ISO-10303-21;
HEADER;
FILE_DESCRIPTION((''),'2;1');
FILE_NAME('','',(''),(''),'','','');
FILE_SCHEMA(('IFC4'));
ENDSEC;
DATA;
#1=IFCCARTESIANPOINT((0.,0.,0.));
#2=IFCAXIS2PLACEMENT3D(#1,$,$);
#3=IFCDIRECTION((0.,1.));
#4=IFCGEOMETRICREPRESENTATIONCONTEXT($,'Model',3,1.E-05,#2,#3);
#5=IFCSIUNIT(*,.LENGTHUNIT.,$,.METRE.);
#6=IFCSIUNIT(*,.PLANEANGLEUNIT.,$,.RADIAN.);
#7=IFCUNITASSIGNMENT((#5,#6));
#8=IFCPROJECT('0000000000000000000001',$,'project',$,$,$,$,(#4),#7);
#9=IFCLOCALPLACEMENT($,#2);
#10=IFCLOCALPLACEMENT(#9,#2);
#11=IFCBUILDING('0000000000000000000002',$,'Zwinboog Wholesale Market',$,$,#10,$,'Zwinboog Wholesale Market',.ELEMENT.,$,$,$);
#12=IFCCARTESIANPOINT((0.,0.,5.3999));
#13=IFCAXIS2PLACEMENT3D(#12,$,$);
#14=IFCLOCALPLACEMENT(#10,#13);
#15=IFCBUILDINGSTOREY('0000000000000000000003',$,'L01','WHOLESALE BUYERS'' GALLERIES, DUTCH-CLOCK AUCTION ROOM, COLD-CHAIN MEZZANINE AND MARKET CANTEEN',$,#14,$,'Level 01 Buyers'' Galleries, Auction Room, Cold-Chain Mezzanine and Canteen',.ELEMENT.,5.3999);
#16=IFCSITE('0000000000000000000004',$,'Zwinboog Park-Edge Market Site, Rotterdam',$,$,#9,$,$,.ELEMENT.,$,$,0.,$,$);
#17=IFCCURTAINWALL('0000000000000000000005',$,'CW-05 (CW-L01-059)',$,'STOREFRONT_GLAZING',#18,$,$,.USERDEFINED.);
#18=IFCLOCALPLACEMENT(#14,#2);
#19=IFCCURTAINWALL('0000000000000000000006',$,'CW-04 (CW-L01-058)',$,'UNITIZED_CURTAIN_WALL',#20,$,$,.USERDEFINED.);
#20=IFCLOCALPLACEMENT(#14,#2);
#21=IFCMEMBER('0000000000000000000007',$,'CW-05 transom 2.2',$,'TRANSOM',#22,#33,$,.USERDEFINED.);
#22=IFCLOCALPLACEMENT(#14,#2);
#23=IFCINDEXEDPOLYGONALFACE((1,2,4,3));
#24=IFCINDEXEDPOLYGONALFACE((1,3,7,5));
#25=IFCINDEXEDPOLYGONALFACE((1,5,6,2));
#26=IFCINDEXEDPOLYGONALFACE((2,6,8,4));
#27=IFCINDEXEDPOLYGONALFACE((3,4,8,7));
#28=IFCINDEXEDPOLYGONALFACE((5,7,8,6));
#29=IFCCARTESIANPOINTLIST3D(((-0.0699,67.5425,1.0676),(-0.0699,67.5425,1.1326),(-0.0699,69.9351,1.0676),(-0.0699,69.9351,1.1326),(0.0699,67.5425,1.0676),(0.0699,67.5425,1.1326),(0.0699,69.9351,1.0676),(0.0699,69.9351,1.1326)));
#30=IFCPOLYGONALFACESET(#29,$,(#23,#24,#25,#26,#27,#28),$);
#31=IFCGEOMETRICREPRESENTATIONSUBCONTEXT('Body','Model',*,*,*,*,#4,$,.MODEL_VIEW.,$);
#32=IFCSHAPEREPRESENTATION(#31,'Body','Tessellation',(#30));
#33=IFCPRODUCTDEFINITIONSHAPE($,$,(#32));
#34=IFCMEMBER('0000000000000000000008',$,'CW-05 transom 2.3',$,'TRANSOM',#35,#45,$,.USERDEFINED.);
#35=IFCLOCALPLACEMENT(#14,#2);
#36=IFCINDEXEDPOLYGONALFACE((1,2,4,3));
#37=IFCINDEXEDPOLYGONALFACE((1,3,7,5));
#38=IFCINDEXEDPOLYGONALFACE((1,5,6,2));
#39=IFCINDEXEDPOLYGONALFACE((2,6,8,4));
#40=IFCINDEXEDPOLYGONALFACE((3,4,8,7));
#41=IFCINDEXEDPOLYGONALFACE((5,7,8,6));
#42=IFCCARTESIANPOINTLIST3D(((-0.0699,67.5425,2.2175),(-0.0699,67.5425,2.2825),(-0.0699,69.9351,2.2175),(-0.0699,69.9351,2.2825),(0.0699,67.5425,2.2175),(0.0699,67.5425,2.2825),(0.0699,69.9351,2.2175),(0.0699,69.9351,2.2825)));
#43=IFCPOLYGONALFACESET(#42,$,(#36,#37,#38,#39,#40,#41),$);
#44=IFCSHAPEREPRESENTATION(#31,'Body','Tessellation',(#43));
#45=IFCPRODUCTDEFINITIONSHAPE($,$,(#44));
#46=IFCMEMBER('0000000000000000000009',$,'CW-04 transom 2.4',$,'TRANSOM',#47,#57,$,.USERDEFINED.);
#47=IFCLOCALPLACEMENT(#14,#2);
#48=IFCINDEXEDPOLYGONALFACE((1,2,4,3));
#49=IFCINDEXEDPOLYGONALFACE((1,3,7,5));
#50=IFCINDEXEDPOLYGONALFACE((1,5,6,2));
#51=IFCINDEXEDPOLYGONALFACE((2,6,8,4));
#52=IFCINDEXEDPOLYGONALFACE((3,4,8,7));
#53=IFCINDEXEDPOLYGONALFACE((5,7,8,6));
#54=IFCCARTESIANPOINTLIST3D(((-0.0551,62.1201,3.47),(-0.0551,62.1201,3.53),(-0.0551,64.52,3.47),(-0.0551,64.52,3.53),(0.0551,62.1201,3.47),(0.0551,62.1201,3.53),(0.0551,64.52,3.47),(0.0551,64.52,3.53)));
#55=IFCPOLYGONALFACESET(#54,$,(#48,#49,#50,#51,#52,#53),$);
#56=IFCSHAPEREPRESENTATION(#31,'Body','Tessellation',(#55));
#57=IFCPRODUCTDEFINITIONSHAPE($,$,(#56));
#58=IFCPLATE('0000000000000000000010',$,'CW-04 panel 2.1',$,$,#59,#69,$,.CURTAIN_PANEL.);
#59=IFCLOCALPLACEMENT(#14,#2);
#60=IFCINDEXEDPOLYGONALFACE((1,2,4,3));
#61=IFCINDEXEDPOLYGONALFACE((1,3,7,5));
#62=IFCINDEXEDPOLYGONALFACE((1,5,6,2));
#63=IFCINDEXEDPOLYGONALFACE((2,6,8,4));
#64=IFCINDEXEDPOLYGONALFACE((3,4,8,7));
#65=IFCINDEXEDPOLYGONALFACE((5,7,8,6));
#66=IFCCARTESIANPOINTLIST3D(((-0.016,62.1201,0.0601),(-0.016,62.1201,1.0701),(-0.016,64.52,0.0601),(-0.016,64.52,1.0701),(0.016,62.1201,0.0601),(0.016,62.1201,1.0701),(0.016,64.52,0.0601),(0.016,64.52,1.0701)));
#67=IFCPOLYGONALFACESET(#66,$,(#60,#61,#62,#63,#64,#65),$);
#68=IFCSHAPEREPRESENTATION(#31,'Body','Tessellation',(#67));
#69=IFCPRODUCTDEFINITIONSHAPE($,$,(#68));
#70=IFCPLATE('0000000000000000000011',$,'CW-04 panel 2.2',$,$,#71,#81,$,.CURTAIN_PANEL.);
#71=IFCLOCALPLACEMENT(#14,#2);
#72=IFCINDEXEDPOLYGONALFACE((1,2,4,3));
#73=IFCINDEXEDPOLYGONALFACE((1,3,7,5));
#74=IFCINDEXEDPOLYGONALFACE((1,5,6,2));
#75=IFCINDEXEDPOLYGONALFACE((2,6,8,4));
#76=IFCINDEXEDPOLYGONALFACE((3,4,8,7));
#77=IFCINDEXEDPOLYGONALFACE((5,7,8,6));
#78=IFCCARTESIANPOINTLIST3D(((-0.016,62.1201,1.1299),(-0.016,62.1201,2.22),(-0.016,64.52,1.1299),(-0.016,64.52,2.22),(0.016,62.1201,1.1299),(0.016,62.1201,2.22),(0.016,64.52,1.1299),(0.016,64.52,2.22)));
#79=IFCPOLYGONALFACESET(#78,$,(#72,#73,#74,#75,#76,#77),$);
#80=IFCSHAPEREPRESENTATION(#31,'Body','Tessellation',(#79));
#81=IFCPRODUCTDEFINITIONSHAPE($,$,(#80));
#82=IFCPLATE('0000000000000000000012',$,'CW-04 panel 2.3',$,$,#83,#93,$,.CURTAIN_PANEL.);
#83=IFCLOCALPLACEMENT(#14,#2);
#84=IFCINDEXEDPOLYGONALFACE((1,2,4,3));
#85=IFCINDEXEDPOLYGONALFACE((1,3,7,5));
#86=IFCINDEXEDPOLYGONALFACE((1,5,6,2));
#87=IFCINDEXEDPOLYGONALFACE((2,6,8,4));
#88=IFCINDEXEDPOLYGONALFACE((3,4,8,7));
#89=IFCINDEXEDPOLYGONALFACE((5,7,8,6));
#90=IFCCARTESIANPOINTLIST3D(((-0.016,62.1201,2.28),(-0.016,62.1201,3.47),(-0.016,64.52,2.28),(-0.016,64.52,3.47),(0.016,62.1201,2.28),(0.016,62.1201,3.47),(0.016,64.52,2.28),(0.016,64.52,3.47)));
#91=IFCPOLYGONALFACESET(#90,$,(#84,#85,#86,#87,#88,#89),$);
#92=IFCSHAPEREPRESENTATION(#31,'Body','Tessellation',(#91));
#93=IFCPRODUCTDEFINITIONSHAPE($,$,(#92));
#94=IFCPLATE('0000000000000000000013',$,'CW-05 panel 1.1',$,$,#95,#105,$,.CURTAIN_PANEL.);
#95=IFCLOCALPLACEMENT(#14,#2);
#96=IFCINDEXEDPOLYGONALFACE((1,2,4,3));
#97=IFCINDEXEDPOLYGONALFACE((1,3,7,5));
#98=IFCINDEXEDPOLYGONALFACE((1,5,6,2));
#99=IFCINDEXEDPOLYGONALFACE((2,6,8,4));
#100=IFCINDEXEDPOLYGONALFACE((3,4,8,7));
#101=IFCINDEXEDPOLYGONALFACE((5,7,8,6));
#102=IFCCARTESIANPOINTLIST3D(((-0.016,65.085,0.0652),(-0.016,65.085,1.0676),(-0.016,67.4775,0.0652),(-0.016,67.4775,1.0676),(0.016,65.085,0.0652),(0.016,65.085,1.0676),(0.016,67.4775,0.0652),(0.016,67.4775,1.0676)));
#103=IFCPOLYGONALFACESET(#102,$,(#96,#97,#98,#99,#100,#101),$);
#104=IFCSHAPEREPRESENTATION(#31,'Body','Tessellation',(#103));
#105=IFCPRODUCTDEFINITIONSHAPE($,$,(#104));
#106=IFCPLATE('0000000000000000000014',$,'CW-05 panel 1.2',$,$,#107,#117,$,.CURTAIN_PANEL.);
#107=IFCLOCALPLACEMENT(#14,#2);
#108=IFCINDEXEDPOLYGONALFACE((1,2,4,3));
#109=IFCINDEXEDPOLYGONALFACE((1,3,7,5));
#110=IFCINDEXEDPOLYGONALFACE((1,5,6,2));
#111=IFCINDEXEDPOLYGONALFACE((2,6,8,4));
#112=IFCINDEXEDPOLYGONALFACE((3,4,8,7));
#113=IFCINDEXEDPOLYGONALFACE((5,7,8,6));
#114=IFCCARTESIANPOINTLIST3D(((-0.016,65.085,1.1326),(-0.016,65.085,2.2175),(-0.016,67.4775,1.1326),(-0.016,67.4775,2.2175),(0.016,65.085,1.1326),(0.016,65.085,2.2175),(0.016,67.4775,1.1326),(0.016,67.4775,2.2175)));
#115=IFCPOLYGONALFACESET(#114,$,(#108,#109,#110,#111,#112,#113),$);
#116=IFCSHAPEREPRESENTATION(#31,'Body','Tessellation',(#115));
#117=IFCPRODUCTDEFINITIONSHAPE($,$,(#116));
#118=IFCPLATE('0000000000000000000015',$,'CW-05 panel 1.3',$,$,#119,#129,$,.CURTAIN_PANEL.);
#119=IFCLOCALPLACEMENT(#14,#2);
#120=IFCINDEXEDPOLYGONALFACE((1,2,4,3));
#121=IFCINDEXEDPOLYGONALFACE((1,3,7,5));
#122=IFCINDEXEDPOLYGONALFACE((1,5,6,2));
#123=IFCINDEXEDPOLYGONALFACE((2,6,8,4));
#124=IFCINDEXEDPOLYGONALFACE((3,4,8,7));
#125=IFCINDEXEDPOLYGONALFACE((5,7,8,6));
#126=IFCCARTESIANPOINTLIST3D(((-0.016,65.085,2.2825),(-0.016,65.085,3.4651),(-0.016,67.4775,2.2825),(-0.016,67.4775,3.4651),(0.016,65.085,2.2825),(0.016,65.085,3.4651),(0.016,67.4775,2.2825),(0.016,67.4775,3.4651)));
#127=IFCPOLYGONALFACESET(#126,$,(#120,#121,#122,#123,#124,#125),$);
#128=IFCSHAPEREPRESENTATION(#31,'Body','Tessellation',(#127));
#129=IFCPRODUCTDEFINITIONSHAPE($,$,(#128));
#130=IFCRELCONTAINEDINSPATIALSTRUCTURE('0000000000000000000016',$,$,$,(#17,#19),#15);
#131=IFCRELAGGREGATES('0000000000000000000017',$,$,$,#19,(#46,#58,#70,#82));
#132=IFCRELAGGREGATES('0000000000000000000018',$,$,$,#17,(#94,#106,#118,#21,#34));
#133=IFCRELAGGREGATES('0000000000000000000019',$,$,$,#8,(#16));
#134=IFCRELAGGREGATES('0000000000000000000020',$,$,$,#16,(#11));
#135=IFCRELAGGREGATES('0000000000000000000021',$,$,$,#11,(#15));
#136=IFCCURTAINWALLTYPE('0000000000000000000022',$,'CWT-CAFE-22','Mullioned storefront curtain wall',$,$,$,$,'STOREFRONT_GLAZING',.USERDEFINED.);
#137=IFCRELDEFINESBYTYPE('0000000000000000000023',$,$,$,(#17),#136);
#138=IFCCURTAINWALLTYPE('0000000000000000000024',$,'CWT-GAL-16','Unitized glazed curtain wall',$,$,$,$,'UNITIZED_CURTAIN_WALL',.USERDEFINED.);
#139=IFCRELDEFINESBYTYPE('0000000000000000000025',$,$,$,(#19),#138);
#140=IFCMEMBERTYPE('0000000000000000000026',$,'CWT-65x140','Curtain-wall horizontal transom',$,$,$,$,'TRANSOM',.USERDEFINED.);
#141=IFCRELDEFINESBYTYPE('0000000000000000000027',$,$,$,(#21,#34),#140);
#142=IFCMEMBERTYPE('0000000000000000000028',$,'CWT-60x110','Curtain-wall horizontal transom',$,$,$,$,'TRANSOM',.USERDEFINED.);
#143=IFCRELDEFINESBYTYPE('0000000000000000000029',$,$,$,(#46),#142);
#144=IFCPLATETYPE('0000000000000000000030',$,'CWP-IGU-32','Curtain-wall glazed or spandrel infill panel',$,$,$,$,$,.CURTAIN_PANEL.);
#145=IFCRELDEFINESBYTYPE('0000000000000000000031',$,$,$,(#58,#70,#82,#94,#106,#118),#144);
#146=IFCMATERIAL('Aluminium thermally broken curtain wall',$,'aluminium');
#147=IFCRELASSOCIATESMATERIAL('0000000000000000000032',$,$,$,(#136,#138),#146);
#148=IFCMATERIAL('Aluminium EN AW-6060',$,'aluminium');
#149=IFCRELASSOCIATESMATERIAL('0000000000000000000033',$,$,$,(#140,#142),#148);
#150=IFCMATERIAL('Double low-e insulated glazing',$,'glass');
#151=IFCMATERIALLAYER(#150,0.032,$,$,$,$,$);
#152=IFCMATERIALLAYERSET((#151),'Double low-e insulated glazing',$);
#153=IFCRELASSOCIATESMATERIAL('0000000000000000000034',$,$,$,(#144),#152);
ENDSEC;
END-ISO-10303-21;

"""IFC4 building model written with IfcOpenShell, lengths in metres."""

from ifc_helpers import new_model, si_unit, direction, frame, origin, origin_2d, place, context, subcontext, project, spatial, rectangle, extrude, material, layer, layer_set, material_profile, profile_set, type_object, element, aggregate, save


model = new_model("IFC4")

# Units and contexts
model_context = context("Model", 3, precision=1e-05, world=origin(), true_north=direction((0.0, 1.0)))
body_context = subcontext(model_context, "Body", "Model", "MODEL_VIEW")
ifc_project = project(units=[si_unit("LENGTHUNIT", "METRE"), si_unit("PLANEANGLEUNIT", "RADIAN")], contexts=[model_context])

# Site, building, storey
site_placement = place(None, origin())
site = spatial("IfcSite", under=ifc_project, at=site_placement, Name="Zwinboog Park-Edge Market Site, Rotterdam", CompositionType="ELEMENT", RefElevation=0.0)
building_placement = place(site_placement, origin())
building = spatial("IfcBuilding", under=site, at=building_placement, Name="Zwinboog Wholesale Market", LongName="Zwinboog Wholesale Market", CompositionType="ELEMENT")
storey_placement = place(building_placement, frame((0.0, 0.0, 5.3999)))
storey = spatial("IfcBuildingStorey", under=building, at=storey_placement, Name="L01", Description="WHOLESALE BUYERS' GALLERIES, DUTCH-CLOCK AUCTION ROOM, COLD-CHAIN MEZZANINE AND MARKET CANTEEN", LongName="Level 01 Buyers' Galleries, Auction Room, Cold-Chain Mezzanine and Canteen", CompositionType="ELEMENT", Elevation=5.3999)

# Curtain wall
ifc_material_1 = material(Name="Aluminium thermally broken curtain wall", Category="aluminium")
curtain_wall_type_1 = type_object("IfcCurtainWallType", Name="CWT-CAFE-22", Description="Mullioned storefront curtain wall", ElementType="STOREFRONT_GLAZING", PredefinedType="USERDEFINED", material=ifc_material_1)
curtain_wall_1_placement = place(storey_placement, origin())
curtain_wall_1 = element("IfcCurtainWall", 1, at=curtain_wall_1_placement, inside=storey, type_object=curtain_wall_type_1, Name="CW-05 (CW-L01-059)", ObjectType="STOREFRONT_GLAZING", PredefinedType="USERDEFINED")
ifc_material_2 = material(Name="Aluminium EN AW-6060", Category="aluminium")

# Curtain wall
curtain_wall_type_2 = type_object("IfcCurtainWallType", Name="CWT-GAL-16", Description="Unitized glazed curtain wall", ElementType="UNITIZED_CURTAIN_WALL", PredefinedType="USERDEFINED", material=ifc_material_1)
curtain_wall_2_placement = place(storey_placement, origin())
curtain_wall_2 = element("IfcCurtainWall", 2, at=curtain_wall_2_placement, inside=storey, type_object=curtain_wall_type_2, Name="CW-04 (CW-L01-058)", ObjectType="UNITIZED_CURTAIN_WALL", PredefinedType="USERDEFINED")

# Members
ifc_material_profile_1 = material_profile(ifc_material_2, rectangle(XDim=0.1399, YDim=0.0649, at=origin_2d()), Name="AL 65x140")
ifc_profile_set_1 = profile_set([ifc_material_profile_1], Name="Aluminium EN AW-6060")
member_type_1 = type_object("IfcMemberType", Name="CWT-65x140", Description="Curtain-wall horizontal transom", ElementType="TRANSOM", PredefinedType="USERDEFINED", material=ifc_profile_set_1)
member_1_placement = place(storey_placement, frame((0.0, 67.5425, 1.1001), z_axis=(0.0, 1.0, 0.0), x_axis=(-1.0, 0.0, 0.0)))
member_1 = element("IfcMember", 3, at=member_1_placement, type_object=member_type_1, Name="CW-05 transom 2.2", ObjectType="TRANSOM", PredefinedType="USERDEFINED", context=body_context, shape_type="SweptSolid", body=[
    extrude(rectangle(XDim=0.1399, YDim=0.0649, at=origin_2d()), origin(), (0.0, 0.0, 1.0), 2.3926),
])
member_2_placement = place(storey_placement, frame((0.0, 67.5425, 2.25), z_axis=(0.0, 1.0, 0.0), x_axis=(-1.0, 0.0, 0.0)))
member_2 = element("IfcMember", 4, at=member_2_placement, type_object=member_type_1, Name="CW-05 transom 2.3", ObjectType="TRANSOM", PredefinedType="USERDEFINED", context=body_context, shape_type="SweptSolid", body=[
    extrude(rectangle(XDim=0.1399, YDim=0.0649, at=origin_2d()), origin(), (0.0, 0.0, 1.0), 2.3926),
])
ifc_material_profile_2 = material_profile(ifc_material_2, rectangle(XDim=0.1101, YDim=0.0601, at=origin_2d()), Name="AL 60x110")
ifc_profile_set_2 = profile_set([ifc_material_profile_2], Name="Aluminium EN AW-6060")
member_type_2 = type_object("IfcMemberType", Name="CWT-60x110", Description="Curtain-wall horizontal transom", ElementType="TRANSOM", PredefinedType="USERDEFINED", material=ifc_profile_set_2)
member_3_placement = place(storey_placement, frame((0.0, 62.1201, 3.5), z_axis=(0.0, 1.0, 0.0), x_axis=(-1.0, 0.0, 0.0)))
member_3 = element("IfcMember", 5, at=member_3_placement, type_object=member_type_2, Name="CW-04 transom 2.4", ObjectType="TRANSOM", PredefinedType="USERDEFINED", context=body_context, shape_type="SweptSolid", body=[
    extrude(rectangle(XDim=0.1101, YDim=0.0601, at=origin_2d()), origin(), (0.0, 0.0, 1.0), 2.3999),
])

# Plates
ifc_material_3 = material(Name="Double low-e insulated glazing", Category="glass")
ifc_layer = layer(ifc_material_3, 0.032)
ifc_layer_set = layer_set([ifc_layer], Name="Double low-e insulated glazing")
plate_type = type_object("IfcPlateType", Name="CWP-IGU-32", Description="Curtain-wall glazed or spandrel infill panel", PredefinedType="CURTAIN_PANEL", material=ifc_layer_set)
plate_1_placement = place(storey_placement, frame((0.0, 63.3201, 0.0601), z_axis=(0.0, 0.0, 1.0), x_axis=(0.0, 1.0, 0.0)))
plate_1 = element("IfcPlate", 6, at=plate_1_placement, type_object=plate_type, Name="CW-04 panel 2.1", PredefinedType="CURTAIN_PANEL", context=body_context, shape_type="SweptSolid", body=[
    extrude(rectangle(XDim=2.3999, YDim=0.032, at=origin_2d()), origin(), (0.0, 0.0, 1.0), 1.01),
])
plate_2_placement = place(storey_placement, frame((0.0, 63.3201, 1.1299), z_axis=(0.0, 0.0, 1.0), x_axis=(0.0, 1.0, 0.0)))
plate_2 = element("IfcPlate", 7, at=plate_2_placement, type_object=plate_type, Name="CW-04 panel 2.2", PredefinedType="CURTAIN_PANEL", context=body_context, shape_type="SweptSolid", body=[
    extrude(rectangle(XDim=2.3999, YDim=0.032, at=origin_2d()), origin(), (0.0, 0.0, 1.0), 1.0901),
])
plate_3_placement = place(storey_placement, frame((0.0, 63.3201, 2.28), z_axis=(0.0, 0.0, 1.0), x_axis=(0.0, 1.0, 0.0)))
plate_3 = element("IfcPlate", 8, at=plate_3_placement, type_object=plate_type, Name="CW-04 panel 2.3", PredefinedType="CURTAIN_PANEL", context=body_context, shape_type="SweptSolid", body=[
    extrude(rectangle(XDim=2.3999, YDim=0.032, at=origin_2d()), origin(), (0.0, 0.0, 1.0), 1.1899),
])
aggregate(curtain_wall_2, [member_3, plate_1, plate_2, plate_3])
plate_4_placement = place(storey_placement, frame((0.0, 66.2812, 0.0652), z_axis=(0.0, 0.0, 1.0), x_axis=(0.0, 1.0, 0.0)))
plate_4 = element("IfcPlate", 9, at=plate_4_placement, type_object=plate_type, Name="CW-05 panel 1.1", PredefinedType="CURTAIN_PANEL", context=body_context, shape_type="SweptSolid", body=[
    extrude(rectangle(XDim=2.3926, YDim=0.032, at=origin_2d()), origin(), (0.0, 0.0, 1.0), 1.0024),
])
plate_5_placement = place(storey_placement, frame((0.0, 66.2812, 1.1326), z_axis=(0.0, 0.0, 1.0), x_axis=(0.0, 1.0, 0.0)))
plate_5 = element("IfcPlate", 10, at=plate_5_placement, type_object=plate_type, Name="CW-05 panel 1.2", PredefinedType="CURTAIN_PANEL", context=body_context, shape_type="SweptSolid", body=[
    extrude(rectangle(XDim=2.3926, YDim=0.032, at=origin_2d()), origin(), (0.0, 0.0, 1.0), 1.085),
])
plate_6_placement = place(storey_placement, frame((0.0, 66.2812, 2.2825), z_axis=(0.0, 0.0, 1.0), x_axis=(0.0, 1.0, 0.0)))
plate_6 = element("IfcPlate", 11, at=plate_6_placement, type_object=plate_type, Name="CW-05 panel 1.3", PredefinedType="CURTAIN_PANEL", context=body_context, shape_type="SweptSolid", body=[
    extrude(rectangle(XDim=2.3926, YDim=0.032, at=origin_2d()), origin(), (0.0, 0.0, 1.0), 1.1826),
])
aggregate(curtain_wall_1, [plate_4, plate_5, plate_6, member_1, member_2])

save(model, "model.ifc")
